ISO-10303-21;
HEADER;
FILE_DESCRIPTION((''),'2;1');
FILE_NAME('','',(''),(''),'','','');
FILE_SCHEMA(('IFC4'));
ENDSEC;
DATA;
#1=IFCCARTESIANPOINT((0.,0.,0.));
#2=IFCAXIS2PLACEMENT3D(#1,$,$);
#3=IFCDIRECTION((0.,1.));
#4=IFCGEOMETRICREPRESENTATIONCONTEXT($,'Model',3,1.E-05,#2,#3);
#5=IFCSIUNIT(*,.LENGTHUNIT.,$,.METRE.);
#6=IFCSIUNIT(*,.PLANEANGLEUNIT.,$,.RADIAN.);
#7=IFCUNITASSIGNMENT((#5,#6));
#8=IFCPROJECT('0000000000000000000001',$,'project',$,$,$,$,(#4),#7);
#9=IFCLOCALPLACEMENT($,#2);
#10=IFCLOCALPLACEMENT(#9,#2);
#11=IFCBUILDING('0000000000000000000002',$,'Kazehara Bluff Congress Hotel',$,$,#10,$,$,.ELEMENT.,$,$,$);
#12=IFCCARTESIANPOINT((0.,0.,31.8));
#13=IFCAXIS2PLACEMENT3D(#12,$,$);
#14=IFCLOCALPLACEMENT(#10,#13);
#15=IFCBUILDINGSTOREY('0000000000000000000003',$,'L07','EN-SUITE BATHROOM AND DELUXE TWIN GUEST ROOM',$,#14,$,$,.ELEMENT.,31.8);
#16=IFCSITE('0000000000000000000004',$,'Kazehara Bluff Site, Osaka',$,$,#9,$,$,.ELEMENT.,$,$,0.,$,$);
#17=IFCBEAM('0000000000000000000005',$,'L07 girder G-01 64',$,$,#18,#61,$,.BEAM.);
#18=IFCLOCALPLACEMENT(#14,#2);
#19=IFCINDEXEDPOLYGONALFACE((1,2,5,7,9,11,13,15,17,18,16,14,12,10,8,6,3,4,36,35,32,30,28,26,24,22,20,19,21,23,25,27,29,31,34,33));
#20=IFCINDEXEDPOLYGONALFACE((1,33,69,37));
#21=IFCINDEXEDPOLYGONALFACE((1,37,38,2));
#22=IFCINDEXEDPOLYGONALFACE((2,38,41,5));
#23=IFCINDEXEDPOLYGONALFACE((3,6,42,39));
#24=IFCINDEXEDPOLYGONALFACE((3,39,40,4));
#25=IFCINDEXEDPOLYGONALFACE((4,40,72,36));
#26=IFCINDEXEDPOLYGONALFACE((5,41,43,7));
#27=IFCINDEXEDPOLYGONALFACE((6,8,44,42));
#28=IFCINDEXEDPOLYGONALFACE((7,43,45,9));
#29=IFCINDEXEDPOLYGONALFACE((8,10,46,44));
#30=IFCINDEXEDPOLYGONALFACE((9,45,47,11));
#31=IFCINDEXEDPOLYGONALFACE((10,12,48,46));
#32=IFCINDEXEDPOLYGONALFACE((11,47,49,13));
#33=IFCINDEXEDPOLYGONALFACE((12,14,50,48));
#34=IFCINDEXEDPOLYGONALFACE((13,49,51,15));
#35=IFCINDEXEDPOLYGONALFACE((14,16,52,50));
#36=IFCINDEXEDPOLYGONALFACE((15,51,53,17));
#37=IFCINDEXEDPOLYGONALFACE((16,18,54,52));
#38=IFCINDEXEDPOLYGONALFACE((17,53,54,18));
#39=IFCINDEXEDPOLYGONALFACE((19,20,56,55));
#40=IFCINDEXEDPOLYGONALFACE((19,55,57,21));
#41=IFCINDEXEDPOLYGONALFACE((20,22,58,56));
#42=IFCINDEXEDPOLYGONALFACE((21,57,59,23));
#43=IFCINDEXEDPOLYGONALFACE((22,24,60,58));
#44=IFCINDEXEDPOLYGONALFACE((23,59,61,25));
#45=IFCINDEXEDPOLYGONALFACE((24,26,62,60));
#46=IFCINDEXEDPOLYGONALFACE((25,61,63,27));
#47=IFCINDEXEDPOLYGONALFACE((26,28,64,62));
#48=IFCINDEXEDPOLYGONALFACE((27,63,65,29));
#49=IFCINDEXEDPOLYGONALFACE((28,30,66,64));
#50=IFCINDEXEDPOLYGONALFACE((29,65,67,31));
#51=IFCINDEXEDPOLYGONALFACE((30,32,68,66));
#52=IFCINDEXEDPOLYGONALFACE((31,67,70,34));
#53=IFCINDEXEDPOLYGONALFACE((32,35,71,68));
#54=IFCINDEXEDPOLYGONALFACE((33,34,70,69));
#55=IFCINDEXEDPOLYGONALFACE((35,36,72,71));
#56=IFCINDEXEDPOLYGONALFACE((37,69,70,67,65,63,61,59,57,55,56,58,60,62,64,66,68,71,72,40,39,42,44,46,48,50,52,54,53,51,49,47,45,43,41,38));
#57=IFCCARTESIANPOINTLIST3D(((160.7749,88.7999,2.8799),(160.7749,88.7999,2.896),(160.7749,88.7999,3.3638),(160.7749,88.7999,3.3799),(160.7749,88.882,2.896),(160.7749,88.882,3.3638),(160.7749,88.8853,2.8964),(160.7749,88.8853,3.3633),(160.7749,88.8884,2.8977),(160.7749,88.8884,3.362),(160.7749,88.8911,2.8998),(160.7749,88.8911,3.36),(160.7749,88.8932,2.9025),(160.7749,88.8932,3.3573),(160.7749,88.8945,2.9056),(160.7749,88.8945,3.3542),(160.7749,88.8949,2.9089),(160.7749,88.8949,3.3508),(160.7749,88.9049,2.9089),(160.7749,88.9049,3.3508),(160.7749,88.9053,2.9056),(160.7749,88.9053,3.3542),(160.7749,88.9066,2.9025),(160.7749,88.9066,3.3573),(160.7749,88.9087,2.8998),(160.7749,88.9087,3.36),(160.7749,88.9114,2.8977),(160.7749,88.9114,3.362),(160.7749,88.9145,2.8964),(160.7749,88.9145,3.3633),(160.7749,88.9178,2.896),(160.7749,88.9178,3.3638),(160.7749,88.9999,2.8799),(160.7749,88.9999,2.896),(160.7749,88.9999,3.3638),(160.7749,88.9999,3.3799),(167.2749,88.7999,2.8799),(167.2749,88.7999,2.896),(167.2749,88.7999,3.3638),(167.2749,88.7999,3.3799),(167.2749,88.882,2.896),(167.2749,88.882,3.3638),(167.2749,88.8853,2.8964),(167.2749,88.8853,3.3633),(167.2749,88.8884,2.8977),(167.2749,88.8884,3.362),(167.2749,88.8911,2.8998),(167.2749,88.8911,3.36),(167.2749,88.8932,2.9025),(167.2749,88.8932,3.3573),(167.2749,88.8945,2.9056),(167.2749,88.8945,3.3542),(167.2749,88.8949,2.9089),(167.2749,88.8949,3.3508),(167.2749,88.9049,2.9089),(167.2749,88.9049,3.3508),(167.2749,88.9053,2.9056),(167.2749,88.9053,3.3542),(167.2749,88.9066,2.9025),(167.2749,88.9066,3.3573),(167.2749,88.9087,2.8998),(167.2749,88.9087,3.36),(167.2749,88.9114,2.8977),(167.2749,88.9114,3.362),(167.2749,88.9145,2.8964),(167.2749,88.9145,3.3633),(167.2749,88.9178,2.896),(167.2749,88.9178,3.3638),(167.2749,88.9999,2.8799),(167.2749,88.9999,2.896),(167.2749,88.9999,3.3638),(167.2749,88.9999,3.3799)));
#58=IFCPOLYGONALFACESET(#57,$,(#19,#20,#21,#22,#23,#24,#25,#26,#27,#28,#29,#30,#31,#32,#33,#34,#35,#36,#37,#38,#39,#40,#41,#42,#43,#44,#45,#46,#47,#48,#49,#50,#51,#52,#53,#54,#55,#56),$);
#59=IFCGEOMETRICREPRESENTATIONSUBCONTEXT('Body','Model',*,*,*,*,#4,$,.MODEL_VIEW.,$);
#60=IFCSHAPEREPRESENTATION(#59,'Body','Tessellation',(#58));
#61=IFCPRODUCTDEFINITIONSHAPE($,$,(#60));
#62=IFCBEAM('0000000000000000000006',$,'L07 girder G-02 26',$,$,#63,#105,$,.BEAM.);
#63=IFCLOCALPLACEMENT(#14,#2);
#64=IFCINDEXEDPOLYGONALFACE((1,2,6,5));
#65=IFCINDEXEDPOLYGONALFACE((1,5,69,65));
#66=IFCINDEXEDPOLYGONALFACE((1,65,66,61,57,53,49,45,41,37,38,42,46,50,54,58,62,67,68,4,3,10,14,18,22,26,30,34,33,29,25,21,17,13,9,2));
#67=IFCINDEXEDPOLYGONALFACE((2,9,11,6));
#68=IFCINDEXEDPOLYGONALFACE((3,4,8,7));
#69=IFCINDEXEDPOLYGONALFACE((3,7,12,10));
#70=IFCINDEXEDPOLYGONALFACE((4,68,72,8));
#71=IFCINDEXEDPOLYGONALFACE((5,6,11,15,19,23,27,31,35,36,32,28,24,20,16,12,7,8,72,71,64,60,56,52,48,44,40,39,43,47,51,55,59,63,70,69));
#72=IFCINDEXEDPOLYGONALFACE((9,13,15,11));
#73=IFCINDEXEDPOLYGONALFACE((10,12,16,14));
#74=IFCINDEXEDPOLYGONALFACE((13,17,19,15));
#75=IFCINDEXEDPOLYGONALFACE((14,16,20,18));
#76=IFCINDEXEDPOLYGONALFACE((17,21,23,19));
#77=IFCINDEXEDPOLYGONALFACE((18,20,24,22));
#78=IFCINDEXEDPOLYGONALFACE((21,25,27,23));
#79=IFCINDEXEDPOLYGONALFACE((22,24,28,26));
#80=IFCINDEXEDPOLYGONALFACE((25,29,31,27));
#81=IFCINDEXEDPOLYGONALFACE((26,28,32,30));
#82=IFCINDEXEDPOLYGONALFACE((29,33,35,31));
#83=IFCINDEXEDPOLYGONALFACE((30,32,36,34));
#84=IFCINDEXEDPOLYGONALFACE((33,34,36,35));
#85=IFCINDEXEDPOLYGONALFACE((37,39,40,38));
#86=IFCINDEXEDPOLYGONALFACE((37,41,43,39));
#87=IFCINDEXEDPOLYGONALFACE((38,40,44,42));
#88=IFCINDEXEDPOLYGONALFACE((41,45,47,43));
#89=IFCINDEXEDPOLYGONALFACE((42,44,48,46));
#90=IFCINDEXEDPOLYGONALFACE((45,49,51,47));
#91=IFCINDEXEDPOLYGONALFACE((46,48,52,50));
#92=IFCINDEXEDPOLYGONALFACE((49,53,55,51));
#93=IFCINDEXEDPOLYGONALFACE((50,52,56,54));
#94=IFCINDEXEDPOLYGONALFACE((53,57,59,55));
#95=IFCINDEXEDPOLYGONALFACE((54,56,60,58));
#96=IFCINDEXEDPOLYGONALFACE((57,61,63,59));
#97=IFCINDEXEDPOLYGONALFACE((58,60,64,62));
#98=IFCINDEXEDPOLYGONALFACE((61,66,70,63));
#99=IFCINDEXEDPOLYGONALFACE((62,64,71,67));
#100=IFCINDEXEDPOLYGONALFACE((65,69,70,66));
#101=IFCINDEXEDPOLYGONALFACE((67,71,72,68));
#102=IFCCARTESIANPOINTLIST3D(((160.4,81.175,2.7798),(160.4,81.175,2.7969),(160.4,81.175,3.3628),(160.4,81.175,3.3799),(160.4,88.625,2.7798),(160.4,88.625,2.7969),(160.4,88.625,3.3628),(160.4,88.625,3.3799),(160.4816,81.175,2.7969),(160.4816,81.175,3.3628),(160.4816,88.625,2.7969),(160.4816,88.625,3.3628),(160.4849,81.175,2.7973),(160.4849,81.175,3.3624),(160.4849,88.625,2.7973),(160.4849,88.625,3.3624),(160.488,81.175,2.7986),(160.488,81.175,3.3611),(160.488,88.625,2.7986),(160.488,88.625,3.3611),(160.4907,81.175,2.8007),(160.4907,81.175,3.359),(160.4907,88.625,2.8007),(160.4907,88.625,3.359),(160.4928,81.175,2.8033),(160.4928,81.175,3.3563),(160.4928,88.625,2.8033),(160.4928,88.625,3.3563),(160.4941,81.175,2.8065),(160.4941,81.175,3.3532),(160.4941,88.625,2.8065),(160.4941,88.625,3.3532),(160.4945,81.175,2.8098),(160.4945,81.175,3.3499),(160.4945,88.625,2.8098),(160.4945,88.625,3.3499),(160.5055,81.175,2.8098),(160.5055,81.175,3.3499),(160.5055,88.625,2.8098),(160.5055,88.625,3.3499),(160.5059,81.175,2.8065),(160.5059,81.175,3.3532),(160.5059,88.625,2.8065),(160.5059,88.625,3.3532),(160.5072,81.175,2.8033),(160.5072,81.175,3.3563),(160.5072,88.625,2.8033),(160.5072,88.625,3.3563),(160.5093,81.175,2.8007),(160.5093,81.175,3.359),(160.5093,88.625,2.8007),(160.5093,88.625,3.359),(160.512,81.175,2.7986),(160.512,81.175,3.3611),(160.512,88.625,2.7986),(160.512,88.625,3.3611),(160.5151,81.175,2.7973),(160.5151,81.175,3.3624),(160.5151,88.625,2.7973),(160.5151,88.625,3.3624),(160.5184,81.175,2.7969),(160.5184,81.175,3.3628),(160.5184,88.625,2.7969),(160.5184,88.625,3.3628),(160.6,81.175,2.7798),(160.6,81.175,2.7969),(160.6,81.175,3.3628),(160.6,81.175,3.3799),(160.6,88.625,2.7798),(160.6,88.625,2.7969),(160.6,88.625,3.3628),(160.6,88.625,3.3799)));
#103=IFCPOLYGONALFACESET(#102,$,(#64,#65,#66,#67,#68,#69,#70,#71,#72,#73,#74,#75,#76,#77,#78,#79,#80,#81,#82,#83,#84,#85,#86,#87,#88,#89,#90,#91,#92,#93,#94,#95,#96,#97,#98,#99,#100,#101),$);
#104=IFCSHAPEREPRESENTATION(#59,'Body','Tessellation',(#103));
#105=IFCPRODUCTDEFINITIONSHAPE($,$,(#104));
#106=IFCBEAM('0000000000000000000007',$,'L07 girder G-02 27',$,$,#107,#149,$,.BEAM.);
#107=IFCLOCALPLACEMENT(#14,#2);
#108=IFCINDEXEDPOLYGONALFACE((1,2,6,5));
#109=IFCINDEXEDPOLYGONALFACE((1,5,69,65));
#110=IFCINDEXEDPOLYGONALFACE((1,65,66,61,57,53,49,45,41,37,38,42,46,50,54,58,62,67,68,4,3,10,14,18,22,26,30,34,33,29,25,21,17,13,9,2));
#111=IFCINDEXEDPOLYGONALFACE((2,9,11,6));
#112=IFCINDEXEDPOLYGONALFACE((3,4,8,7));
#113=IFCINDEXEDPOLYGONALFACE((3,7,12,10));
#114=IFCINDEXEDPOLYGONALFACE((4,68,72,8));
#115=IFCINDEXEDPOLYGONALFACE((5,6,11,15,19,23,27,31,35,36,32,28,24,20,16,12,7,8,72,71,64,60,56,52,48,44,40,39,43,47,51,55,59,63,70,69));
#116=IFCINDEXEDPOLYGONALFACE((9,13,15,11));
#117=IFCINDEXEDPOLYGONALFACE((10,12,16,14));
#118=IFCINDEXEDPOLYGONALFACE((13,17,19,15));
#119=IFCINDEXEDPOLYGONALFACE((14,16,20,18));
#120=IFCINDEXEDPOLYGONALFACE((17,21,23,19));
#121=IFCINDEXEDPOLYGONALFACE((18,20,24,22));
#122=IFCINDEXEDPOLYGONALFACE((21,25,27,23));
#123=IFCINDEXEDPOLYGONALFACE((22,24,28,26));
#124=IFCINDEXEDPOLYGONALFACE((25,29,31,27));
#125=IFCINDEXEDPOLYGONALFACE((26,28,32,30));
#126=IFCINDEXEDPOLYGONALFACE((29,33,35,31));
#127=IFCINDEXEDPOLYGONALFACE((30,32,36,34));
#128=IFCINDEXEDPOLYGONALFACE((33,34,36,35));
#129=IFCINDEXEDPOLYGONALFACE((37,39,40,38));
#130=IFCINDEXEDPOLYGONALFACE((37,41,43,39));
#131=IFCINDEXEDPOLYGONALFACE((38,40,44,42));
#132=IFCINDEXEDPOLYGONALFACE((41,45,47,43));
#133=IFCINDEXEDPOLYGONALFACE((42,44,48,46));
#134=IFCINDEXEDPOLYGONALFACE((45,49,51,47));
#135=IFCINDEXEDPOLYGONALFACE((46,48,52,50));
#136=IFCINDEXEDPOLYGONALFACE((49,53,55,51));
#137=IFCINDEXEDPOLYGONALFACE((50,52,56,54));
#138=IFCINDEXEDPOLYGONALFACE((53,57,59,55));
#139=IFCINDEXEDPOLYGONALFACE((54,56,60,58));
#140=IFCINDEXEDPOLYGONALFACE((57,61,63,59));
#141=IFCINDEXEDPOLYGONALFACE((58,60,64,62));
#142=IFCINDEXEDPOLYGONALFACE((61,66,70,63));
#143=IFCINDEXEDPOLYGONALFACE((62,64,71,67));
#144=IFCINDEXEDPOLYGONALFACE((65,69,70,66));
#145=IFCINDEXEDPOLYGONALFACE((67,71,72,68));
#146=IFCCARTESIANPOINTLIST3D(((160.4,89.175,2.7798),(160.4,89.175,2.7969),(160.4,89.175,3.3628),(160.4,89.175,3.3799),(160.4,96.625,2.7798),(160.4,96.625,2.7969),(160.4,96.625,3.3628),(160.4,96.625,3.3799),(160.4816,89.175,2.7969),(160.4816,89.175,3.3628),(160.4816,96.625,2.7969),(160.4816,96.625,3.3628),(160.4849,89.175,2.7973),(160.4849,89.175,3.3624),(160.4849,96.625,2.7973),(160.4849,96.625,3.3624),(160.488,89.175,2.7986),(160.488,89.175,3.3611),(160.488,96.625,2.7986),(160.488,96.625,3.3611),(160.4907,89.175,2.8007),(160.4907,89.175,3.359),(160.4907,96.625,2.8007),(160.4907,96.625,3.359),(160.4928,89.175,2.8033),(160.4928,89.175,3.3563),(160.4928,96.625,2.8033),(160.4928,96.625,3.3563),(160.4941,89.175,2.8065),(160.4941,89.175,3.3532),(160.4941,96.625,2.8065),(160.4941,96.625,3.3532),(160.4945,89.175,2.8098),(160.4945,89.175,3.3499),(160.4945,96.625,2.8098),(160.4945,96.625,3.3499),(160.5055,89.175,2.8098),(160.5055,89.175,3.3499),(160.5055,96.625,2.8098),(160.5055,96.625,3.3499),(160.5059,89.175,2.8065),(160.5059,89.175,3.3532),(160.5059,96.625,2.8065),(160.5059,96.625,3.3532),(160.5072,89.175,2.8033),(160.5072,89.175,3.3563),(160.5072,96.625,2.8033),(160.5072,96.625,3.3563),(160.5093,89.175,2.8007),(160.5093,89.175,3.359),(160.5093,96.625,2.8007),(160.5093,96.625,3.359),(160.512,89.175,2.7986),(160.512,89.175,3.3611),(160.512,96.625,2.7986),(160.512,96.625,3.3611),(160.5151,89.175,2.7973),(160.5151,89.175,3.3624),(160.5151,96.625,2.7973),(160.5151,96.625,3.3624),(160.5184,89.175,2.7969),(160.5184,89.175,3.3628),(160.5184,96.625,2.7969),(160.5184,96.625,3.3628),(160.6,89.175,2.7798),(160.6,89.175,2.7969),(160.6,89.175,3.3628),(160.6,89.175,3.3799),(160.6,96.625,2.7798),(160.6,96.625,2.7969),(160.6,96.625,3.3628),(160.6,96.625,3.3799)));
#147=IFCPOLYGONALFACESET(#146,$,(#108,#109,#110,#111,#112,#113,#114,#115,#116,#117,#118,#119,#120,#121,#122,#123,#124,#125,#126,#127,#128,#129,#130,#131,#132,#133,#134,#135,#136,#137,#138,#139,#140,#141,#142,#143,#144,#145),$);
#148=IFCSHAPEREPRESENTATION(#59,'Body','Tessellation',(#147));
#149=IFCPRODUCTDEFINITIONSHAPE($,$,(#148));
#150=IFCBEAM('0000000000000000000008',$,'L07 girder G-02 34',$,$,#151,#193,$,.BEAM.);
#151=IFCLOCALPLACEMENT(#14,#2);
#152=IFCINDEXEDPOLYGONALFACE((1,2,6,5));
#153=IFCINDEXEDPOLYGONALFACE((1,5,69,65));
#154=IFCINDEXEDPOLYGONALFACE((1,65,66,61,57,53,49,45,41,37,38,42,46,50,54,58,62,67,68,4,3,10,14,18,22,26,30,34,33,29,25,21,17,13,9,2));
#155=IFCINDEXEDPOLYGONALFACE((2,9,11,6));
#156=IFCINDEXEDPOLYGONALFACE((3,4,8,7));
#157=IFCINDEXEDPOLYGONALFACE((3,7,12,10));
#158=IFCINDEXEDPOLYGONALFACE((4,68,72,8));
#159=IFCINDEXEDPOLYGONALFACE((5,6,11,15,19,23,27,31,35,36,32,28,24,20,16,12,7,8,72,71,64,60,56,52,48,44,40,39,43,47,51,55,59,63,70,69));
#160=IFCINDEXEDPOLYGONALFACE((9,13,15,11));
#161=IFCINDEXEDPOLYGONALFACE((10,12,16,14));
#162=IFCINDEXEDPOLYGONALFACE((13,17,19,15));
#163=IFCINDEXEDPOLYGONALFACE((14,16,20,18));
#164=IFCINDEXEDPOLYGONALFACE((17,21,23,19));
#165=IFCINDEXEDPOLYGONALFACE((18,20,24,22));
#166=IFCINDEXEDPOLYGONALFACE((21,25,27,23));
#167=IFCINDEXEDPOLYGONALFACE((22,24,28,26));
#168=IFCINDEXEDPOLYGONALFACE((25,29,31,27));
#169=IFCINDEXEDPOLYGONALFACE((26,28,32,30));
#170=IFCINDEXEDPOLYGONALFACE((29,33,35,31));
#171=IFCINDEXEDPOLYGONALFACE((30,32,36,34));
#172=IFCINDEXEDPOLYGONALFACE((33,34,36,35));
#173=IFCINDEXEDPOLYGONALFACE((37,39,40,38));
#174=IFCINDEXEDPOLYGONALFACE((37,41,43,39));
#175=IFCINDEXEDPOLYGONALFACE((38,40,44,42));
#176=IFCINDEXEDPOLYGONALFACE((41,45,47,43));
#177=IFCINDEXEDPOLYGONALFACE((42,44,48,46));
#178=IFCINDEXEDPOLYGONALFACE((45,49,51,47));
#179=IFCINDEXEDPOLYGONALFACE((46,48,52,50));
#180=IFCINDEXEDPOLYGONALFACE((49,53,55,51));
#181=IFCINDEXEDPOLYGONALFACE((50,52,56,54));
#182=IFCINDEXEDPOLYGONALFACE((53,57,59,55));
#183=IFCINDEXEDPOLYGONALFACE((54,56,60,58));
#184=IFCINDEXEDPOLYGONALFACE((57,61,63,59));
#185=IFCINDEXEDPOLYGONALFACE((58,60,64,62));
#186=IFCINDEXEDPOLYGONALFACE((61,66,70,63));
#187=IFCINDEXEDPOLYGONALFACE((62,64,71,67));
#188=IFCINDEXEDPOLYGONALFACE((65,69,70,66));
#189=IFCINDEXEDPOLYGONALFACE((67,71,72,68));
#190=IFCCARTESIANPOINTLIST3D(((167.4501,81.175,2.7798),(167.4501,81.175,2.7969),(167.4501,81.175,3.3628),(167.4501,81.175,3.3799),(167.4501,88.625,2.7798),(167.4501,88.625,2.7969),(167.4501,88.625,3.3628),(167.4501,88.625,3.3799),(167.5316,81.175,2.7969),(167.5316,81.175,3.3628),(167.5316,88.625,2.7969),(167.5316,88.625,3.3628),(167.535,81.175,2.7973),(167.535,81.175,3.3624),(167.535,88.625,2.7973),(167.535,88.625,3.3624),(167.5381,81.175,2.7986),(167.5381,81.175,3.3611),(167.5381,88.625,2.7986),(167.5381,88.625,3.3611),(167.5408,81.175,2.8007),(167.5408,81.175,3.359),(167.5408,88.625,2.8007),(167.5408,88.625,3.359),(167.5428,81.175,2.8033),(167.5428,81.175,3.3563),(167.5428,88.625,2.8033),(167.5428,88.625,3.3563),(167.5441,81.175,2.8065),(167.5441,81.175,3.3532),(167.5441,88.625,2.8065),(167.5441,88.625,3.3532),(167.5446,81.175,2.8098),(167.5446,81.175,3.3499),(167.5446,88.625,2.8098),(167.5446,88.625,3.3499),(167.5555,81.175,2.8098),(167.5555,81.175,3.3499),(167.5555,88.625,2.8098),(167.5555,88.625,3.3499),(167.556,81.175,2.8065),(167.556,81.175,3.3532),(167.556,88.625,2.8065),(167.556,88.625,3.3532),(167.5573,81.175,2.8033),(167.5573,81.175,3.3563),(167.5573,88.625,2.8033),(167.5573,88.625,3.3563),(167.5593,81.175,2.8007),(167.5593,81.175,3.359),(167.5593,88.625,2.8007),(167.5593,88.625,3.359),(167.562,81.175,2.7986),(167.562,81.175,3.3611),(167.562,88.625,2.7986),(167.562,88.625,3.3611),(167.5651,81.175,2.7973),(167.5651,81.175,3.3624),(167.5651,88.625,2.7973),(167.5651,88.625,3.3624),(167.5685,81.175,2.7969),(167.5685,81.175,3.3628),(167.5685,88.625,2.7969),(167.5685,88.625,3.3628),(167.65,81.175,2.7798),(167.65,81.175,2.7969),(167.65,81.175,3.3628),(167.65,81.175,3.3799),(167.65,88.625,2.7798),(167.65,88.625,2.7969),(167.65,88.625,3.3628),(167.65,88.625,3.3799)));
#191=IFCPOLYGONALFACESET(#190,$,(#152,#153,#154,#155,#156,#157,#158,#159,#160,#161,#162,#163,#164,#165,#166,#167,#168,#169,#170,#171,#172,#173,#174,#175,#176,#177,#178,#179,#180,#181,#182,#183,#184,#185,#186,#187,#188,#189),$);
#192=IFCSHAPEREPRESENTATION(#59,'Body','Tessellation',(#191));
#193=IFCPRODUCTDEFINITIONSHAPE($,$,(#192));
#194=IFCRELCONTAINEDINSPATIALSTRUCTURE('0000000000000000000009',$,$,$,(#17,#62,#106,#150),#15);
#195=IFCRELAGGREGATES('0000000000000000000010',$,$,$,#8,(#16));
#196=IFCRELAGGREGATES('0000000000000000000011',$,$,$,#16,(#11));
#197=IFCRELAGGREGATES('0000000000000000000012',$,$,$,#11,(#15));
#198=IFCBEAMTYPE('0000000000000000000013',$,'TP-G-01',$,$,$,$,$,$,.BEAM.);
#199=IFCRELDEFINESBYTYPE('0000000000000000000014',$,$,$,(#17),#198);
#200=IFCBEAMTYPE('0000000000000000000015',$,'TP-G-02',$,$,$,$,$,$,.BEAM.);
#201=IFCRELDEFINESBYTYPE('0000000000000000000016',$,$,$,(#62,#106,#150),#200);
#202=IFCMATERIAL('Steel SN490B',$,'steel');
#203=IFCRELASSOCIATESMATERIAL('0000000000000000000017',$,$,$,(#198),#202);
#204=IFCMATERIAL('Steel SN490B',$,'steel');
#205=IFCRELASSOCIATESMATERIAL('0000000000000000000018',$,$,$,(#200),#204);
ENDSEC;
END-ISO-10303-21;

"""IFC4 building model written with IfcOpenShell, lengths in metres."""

from ifc_helpers import new_model, si_unit, direction, frame, origin, origin_2d, place, context, subcontext, project, spatial, i_section, extrude, material, material_profile, profile_set, type_object, element, save


model = new_model("IFC4")

# Units and contexts
model_context = context("Model", 3, precision=1e-05, world=origin(), true_north=direction((0.0, 1.0)))
body_context = subcontext(model_context, "Body", "Model", "MODEL_VIEW")
ifc_project = project(units=[si_unit("LENGTHUNIT", "METRE"), si_unit("PLANEANGLEUNIT", "RADIAN")], contexts=[model_context])

# Site, building, storey
site_placement = place(None, origin())
site = spatial("IfcSite", under=ifc_project, at=site_placement, Name="Kazehara Bluff Site, Osaka", CompositionType="ELEMENT", RefElevation=0.0)
building_placement = place(site_placement, origin())
building = spatial("IfcBuilding", under=site, at=building_placement, Name="Kazehara Bluff Congress Hotel", CompositionType="ELEMENT")
storey_placement = place(building_placement, frame((0.0, 0.0, 31.8)))
storey = spatial("IfcBuildingStorey", under=building, at=storey_placement, Name="L07", Description="EN-SUITE BATHROOM AND DELUXE TWIN GUEST ROOM", CompositionType="ELEMENT", Elevation=31.8)

# Beams
ifc_material_1 = material(Name="Steel SN490B", Category="steel")
ifc_material_profile_1 = material_profile(ifc_material_1, i_section(OverallWidth=0.2, OverallDepth=0.5, WebThickness=0.01, FlangeThickness=0.0161, FilletRadius=0.0129, at=origin_2d()))
ifc_profile_set_1 = profile_set([ifc_material_profile_1], Name="Steel SN490B")
beam_type_1 = type_object("IfcBeamType", Name="TP-G-01", PredefinedType="BEAM", material=ifc_profile_set_1)
beam_1_placement = place(storey_placement, frame((160.7749, 88.8999, 3.1299), z_axis=(1.0, 0.0, 0.0), x_axis=(0.0, 1.0, 0.0)))
element("IfcBeam", 1, at=beam_1_placement, inside=storey, type_object=beam_type_1, Name="L07 girder G-01 64", PredefinedType="BEAM", context=body_context, shape_type="SweptSolid", body=[
    extrude(i_section(OverallWidth=0.2, OverallDepth=0.5, WebThickness=0.01, FlangeThickness=0.0161, FilletRadius=0.0129, at=origin_2d()), origin(), (0.0, 0.0, 1.0), 6.5),
])
ifc_material_2 = material(Name="Steel SN490B", Category="steel")
ifc_material_profile_2 = material_profile(ifc_material_2, i_section(OverallWidth=0.2, OverallDepth=0.6001, WebThickness=0.011, FlangeThickness=0.0171, FilletRadius=0.0129, at=origin_2d()))
ifc_profile_set_2 = profile_set([ifc_material_profile_2], Name="Steel SN490B")
beam_type_2 = type_object("IfcBeamType", Name="TP-G-02", PredefinedType="BEAM", material=ifc_profile_set_2)
for number, where, z_axis, x_axis, name in (
    (2, (160.5, 81.175, 3.0798), (0.0, 1.0, 0.0), (-1.0, 0.0, 0.0), "L07 girder G-02 26"),
    (3, (160.5, 89.175, 3.0798), (0.0, 1.0, 0.0), (-1.0, 0.0, 0.0), "L07 girder G-02 27"),
    (4, (167.55, 81.175, 3.0798), (0.0, 1.0, 0.0), (-1.0, 0.0, 0.0), "L07 girder G-02 34"),
):
    element("IfcBeam", number, at=place(storey_placement, frame(where, z_axis=z_axis, x_axis=x_axis)), inside=storey, type_object=beam_type_2, Name=name, PredefinedType="BEAM", context=body_context, shape_type="SweptSolid", body=[
        extrude(i_section(OverallWidth=0.2, OverallDepth=0.6001, WebThickness=0.011, FlangeThickness=0.0171, FilletRadius=0.0129, at=origin_2d()), origin(), (0.0, 0.0, 1.0), 7.45),
    ])

save(model, "model.ifc")
